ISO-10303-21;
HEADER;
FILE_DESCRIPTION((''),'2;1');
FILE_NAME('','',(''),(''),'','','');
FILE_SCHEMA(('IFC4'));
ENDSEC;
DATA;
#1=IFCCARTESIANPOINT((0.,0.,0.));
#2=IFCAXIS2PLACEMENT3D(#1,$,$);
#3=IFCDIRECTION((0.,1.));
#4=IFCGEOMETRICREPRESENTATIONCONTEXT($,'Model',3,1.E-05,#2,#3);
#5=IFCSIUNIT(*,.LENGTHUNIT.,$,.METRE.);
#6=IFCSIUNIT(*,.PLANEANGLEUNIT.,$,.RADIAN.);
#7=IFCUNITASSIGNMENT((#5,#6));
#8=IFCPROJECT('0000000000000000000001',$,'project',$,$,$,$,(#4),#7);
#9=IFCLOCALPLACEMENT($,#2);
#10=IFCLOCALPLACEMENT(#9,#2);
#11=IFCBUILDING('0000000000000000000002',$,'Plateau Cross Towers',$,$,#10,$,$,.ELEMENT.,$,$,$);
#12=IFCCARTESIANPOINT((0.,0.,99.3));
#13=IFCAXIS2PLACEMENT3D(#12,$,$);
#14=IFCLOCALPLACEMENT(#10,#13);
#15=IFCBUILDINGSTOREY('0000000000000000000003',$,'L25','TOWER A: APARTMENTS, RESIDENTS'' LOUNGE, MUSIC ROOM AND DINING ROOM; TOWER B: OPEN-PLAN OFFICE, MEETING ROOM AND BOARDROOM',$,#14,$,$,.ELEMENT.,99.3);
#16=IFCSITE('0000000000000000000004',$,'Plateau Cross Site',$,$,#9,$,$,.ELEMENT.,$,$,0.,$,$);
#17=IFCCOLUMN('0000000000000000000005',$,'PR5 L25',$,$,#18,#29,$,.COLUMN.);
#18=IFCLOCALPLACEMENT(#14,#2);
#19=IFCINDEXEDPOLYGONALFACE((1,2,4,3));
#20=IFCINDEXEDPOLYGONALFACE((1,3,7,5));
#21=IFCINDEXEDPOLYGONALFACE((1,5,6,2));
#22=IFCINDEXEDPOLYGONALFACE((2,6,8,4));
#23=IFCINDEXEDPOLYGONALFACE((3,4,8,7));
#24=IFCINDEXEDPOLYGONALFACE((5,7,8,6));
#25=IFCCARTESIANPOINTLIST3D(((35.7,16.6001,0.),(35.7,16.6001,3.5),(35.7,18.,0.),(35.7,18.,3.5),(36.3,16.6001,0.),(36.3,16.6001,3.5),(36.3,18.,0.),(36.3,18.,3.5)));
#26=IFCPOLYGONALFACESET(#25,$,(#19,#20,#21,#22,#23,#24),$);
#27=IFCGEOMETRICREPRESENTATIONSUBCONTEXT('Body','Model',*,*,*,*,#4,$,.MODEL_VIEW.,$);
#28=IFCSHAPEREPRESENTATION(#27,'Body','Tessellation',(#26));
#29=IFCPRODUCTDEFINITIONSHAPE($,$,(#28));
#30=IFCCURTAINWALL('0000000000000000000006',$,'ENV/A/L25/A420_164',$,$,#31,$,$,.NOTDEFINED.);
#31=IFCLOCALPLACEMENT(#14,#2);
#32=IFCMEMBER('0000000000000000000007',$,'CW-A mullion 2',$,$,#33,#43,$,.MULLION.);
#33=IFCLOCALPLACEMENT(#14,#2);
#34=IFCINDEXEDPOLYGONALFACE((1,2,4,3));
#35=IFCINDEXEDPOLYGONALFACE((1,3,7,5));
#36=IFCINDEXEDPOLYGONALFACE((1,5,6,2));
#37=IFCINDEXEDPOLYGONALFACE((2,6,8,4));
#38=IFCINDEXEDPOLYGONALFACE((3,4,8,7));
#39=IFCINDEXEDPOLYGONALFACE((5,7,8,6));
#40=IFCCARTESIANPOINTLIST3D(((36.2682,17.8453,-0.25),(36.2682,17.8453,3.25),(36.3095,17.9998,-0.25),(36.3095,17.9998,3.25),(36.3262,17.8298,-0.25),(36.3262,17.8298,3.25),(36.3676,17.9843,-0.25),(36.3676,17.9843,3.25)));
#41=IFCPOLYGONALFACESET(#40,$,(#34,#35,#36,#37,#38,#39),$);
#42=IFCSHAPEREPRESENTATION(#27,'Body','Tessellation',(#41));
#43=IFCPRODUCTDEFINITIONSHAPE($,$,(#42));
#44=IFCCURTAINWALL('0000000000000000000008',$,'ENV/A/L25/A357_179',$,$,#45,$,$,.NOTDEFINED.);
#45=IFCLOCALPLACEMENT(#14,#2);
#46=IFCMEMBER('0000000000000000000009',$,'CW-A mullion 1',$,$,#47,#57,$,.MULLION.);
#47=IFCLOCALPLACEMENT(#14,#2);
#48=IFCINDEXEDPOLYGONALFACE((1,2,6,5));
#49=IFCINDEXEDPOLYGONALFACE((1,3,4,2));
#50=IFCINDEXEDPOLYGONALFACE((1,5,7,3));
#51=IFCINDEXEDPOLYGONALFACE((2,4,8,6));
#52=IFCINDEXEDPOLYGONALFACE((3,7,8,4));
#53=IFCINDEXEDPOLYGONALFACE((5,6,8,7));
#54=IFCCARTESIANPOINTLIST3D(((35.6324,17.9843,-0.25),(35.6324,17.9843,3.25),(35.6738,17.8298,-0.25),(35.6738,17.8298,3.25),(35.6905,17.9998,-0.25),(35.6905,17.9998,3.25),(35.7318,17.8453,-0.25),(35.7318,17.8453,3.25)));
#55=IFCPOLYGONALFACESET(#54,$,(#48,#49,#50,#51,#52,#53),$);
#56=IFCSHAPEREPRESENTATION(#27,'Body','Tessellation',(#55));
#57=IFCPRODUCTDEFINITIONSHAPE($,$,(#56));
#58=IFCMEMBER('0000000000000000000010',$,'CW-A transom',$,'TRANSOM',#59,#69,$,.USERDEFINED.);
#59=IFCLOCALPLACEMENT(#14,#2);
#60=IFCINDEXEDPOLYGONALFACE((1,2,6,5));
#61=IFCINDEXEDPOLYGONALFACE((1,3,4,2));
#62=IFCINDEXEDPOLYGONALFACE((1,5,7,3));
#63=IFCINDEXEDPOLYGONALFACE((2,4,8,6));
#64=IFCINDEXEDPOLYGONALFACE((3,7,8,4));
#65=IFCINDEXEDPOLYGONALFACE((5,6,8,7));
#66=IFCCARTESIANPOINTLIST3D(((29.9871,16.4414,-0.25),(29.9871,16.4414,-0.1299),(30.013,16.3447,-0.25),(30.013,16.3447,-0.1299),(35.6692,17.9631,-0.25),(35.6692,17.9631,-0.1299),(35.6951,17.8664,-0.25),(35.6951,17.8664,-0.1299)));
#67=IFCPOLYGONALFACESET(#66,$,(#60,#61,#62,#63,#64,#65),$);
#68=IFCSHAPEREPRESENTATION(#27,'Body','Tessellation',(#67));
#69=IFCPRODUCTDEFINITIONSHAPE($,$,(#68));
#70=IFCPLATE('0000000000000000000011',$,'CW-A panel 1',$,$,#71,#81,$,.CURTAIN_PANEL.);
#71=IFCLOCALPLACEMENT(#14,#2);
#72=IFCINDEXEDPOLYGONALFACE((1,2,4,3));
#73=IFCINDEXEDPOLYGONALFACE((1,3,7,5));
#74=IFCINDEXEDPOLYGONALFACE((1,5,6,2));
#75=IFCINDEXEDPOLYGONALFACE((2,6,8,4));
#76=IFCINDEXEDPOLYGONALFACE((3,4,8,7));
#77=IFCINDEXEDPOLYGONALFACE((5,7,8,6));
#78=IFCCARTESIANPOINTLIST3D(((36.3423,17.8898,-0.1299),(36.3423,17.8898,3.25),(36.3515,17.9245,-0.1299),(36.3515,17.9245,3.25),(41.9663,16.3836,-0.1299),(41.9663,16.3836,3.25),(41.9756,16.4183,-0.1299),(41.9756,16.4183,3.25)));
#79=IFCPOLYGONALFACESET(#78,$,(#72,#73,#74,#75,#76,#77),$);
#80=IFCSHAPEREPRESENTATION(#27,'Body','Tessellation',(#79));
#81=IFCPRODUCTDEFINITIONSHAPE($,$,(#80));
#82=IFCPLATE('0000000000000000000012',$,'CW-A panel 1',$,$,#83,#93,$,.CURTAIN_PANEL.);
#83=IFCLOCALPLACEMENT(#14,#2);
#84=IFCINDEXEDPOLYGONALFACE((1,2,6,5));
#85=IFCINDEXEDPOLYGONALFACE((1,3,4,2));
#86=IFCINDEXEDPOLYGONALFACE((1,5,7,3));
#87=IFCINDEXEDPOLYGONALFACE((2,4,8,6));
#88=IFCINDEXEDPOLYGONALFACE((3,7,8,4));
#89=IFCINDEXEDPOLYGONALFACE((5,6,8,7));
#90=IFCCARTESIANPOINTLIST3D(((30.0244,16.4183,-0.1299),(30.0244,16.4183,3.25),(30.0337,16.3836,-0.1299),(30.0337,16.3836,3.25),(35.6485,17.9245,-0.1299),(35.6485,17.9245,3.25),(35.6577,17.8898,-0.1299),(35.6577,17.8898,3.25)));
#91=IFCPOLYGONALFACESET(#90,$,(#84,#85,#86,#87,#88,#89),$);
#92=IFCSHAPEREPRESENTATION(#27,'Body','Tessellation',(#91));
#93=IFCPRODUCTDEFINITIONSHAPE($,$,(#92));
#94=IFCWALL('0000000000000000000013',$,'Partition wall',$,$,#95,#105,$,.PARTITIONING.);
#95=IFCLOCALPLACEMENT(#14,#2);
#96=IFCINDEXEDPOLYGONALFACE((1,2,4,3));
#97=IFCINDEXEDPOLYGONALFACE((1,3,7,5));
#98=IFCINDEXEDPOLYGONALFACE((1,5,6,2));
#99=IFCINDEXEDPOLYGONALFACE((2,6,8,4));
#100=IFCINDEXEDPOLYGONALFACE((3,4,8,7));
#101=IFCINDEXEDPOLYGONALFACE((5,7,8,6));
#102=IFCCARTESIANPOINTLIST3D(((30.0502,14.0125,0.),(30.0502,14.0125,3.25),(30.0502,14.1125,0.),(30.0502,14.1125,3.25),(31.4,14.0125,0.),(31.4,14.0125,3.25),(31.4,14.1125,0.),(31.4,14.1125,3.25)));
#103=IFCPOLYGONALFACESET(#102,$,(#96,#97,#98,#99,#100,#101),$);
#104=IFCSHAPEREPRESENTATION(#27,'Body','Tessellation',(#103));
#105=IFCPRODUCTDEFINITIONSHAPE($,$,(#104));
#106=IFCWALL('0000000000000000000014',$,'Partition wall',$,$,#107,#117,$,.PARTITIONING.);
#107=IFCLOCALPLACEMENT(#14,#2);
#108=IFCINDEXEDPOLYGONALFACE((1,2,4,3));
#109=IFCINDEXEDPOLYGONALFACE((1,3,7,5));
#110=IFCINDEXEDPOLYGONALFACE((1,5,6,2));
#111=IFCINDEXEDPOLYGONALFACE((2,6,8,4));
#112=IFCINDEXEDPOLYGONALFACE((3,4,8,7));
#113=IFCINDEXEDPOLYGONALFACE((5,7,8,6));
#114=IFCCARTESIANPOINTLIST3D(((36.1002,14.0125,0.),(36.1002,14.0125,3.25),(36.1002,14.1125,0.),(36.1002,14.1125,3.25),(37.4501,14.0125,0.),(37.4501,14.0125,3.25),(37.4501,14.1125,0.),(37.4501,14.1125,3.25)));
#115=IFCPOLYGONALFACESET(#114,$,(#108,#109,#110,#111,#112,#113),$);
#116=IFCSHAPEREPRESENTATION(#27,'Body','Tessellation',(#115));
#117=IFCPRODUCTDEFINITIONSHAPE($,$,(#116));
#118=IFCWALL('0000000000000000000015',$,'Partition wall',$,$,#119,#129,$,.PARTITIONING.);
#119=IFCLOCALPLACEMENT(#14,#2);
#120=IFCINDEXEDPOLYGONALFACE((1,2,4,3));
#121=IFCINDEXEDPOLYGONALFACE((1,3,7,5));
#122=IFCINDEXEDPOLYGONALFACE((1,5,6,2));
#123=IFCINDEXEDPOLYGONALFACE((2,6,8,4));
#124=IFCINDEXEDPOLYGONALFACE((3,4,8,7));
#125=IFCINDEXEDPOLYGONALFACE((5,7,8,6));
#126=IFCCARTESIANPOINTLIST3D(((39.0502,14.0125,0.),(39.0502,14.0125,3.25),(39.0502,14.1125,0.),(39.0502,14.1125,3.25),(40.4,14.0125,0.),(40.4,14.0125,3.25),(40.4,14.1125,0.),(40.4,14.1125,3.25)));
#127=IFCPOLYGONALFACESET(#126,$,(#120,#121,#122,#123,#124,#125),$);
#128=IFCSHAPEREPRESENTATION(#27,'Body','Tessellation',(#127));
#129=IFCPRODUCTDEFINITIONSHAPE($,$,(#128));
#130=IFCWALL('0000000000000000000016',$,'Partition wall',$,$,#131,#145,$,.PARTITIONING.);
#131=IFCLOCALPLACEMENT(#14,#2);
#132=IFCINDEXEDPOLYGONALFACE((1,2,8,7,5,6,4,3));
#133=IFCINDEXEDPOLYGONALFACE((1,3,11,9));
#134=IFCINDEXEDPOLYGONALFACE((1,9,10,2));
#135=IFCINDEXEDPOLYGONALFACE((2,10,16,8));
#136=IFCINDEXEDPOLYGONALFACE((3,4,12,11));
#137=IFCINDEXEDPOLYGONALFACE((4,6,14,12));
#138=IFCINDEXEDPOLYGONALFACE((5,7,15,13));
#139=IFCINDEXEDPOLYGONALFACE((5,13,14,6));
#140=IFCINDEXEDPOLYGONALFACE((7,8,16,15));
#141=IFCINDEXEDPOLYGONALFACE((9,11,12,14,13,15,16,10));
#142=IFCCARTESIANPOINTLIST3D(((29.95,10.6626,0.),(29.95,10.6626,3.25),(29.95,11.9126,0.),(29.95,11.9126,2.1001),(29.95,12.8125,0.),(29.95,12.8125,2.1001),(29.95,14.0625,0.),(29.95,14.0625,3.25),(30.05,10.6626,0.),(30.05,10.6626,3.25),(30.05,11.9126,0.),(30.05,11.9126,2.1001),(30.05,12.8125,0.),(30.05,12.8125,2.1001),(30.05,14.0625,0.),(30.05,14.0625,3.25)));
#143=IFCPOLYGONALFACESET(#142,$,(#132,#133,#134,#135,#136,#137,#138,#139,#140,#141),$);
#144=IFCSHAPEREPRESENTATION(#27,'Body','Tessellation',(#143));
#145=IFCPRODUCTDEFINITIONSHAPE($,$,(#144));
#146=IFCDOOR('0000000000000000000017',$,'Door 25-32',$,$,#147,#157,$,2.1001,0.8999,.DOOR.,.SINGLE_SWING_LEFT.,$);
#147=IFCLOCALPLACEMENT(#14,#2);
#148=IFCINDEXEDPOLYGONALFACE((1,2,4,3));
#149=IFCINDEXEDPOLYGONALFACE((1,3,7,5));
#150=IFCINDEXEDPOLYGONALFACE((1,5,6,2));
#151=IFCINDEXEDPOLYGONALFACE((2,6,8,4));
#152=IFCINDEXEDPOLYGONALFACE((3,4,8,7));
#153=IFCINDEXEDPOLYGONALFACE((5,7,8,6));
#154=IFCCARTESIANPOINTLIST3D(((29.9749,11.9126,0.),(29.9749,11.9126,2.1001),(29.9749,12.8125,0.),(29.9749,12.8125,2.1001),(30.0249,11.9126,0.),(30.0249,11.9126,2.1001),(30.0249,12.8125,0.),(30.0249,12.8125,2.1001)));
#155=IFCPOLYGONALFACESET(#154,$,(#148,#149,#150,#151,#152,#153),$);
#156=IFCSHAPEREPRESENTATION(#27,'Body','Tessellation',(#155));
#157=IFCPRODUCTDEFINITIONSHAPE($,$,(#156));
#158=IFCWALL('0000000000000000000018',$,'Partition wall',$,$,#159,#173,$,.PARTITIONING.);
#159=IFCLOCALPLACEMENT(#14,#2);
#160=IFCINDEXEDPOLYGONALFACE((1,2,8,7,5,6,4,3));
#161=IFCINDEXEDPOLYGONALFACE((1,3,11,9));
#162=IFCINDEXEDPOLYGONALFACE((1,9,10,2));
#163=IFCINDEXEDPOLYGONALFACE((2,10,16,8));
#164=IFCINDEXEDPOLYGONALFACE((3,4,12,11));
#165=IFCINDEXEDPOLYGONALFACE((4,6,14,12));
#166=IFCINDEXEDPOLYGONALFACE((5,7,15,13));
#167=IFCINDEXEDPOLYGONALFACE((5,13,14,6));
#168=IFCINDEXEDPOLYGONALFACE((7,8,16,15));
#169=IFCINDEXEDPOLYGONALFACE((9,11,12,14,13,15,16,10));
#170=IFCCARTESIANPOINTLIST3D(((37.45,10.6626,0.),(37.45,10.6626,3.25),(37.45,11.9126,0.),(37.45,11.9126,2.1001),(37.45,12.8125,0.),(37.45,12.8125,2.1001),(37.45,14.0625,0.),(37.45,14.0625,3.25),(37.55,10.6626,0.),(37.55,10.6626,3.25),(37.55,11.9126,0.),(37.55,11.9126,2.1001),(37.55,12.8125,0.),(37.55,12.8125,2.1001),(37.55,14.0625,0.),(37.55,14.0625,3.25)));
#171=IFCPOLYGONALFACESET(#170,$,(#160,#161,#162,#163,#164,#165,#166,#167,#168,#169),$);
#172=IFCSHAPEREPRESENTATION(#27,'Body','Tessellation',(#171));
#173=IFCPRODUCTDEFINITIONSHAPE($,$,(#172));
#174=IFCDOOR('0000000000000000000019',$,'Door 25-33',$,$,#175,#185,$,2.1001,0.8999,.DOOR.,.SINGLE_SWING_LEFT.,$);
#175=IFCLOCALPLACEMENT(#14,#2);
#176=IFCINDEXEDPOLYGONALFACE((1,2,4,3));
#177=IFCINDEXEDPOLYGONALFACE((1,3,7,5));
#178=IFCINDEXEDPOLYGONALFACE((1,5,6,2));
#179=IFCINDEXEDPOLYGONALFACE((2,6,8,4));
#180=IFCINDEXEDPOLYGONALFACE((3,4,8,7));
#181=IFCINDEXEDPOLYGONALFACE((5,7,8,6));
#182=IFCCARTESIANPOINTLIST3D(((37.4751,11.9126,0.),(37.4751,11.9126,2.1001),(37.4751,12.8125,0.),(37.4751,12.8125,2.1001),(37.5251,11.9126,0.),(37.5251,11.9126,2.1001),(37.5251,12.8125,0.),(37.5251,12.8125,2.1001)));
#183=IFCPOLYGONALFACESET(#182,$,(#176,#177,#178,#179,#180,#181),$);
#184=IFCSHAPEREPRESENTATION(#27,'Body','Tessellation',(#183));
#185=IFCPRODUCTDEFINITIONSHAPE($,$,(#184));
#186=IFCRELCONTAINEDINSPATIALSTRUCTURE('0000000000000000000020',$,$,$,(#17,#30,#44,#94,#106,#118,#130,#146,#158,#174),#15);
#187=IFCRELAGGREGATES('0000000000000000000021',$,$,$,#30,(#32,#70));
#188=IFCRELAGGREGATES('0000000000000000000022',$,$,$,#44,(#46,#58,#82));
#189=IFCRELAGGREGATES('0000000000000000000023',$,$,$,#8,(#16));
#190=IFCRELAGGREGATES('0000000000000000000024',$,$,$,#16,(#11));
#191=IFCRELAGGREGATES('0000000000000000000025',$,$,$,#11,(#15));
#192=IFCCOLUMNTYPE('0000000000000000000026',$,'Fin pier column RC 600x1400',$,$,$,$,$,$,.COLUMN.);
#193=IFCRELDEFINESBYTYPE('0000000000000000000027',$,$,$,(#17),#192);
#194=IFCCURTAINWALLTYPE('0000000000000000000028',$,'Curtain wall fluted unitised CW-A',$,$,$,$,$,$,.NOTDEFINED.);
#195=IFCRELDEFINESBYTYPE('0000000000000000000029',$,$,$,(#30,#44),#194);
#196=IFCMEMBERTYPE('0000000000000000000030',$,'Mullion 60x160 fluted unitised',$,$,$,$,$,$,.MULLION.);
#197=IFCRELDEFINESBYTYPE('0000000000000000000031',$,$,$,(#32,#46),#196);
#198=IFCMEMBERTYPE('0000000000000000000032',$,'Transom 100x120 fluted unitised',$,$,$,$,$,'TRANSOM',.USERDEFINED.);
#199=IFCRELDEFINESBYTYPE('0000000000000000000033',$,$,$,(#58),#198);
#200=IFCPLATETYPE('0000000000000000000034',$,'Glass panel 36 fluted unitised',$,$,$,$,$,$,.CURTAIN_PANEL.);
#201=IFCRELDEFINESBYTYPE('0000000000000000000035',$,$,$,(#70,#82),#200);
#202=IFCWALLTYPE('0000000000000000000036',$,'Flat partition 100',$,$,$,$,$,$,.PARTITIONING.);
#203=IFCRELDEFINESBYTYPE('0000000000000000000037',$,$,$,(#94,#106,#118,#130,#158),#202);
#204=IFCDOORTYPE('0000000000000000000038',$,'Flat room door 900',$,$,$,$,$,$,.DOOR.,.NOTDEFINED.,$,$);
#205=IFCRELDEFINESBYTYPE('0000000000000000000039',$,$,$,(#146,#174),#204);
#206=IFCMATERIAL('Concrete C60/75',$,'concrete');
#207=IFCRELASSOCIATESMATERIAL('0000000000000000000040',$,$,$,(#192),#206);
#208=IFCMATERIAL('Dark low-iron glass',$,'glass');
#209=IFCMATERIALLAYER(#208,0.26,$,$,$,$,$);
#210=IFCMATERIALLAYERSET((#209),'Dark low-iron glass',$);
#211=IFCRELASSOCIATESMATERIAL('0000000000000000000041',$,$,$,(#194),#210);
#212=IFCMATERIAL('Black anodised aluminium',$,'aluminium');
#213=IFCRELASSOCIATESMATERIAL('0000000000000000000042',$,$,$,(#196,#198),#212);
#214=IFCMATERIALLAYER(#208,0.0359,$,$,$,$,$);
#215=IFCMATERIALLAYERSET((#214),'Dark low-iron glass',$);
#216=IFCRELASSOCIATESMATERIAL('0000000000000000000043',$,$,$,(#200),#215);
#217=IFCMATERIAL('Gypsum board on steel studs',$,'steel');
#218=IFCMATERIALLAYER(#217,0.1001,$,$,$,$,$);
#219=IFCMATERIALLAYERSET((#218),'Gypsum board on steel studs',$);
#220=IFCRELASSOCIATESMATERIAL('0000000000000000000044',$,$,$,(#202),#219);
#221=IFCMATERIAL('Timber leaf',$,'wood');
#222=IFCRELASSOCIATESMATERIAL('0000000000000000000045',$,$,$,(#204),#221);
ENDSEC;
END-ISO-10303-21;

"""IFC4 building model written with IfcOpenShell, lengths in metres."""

from ifc_helpers import new_model, si_unit, direction, frame, frame_2d, origin, origin_2d, place, context, subcontext, project, spatial, rectangle, extrude, material, layer, layer_set, material_profile, profile_set, type_object, element, fill, aggregate, save


model = new_model("IFC4")

# Units and contexts
model_context = context("Model", 3, precision=1e-05, world=origin(), true_north=direction((0.0, 1.0)))
body_context = subcontext(model_context, "Body", "Model", "MODEL_VIEW")
ifc_project = project(units=[si_unit("LENGTHUNIT", "METRE"), si_unit("PLANEANGLEUNIT", "RADIAN")], contexts=[model_context])

# Site, building, storey
site_placement = place(None, origin())
site = spatial("IfcSite", under=ifc_project, at=site_placement, Name="Plateau Cross Site", CompositionType="ELEMENT", RefElevation=0.0)
building_placement = place(site_placement, origin())
building = spatial("IfcBuilding", under=site, at=building_placement, Name="Plateau Cross Towers", CompositionType="ELEMENT")
storey_placement = place(building_placement, frame((0.0, 0.0, 99.3)))
storey = spatial("IfcBuildingStorey", under=building, at=storey_placement, Name="L25", Description="TOWER A: APARTMENTS, RESIDENTS' LOUNGE, MUSIC ROOM AND DINING ROOM; TOWER B: OPEN-PLAN OFFICE, MEETING ROOM AND BOARDROOM", CompositionType="ELEMENT", Elevation=99.3)

# Column
ifc_material_1 = material(Name="Concrete C60/75", Category="concrete")
ifc_material_profile_1 = material_profile(ifc_material_1, rectangle(XDim=0.6001, YDim=1.3999, at=origin_2d()), Name="RC 600x1400")
ifc_profile_set_1 = profile_set([ifc_material_profile_1], Name="Concrete C60/75")
column_type = type_object("IfcColumnType", Name="Fin pier column RC 600x1400", PredefinedType="COLUMN", material=ifc_profile_set_1)
column_placement = place(storey_placement, frame((36.0, 17.3, 0.0), z_axis=(0.0, 0.0, 1.0), x_axis=(1.0, 0.0, 0.0)))
element("IfcColumn", 1, at=column_placement, inside=storey, type_object=column_type, Name="PR5 L25", PredefinedType="COLUMN", context=body_context, shape_type="SweptSolid", body=[
    extrude(rectangle(XDim=0.6001, YDim=1.3999, at=origin_2d()), origin(), (0.0, 0.0, 1.0), 3.5),
])

# Curtain wall, member
ifc_material_2 = material(Name="Dark low-iron glass", Category="glass")
ifc_layer_1 = layer(ifc_material_2, 0.26)
ifc_layer_set_1 = layer_set([ifc_layer_1], Name="Dark low-iron glass")
curtain_wall_type = type_object("IfcCurtainWallType", Name="Curtain wall fluted unitised CW-A", PredefinedType="NOTDEFINED", material=ifc_layer_set_1)
curtain_wall_1_placement = place(storey_placement, origin())
curtain_wall_1 = element("IfcCurtainWall", 2, at=curtain_wall_1_placement, inside=storey, type_object=curtain_wall_type, Name="ENV/A/L25/A420_164", PredefinedType="NOTDEFINED")
ifc_material_3 = material(Name="Black anodised aluminium", Category="aluminium")
ifc_material_profile_2 = material_profile(ifc_material_3, rectangle(XDim=0.0601, YDim=0.1599, at=origin_2d()), Name="MULLION 60x160")
ifc_profile_set_2 = profile_set([ifc_material_profile_2], Name="Black anodised aluminium")
member_type_1 = type_object("IfcMemberType", Name="Mullion 60x160 fluted unitised", PredefinedType="MULLION", material=ifc_profile_set_2)
member_1_placement = place(storey_placement, frame((36.3179, 17.9148, -0.25), z_axis=(0.0, 0.0, 1.0), x_axis=(-0.965958, 0.258699, 0.0)))
member_1 = element("IfcMember", 3, at=member_1_placement, type_object=member_type_1, Name="CW-A mullion 2", PredefinedType="MULLION", context=body_context, shape_type="SweptSolid", body=[
    extrude(rectangle(XDim=0.0601, YDim=0.1599, at=origin_2d()), origin(), (0.0, 0.0, 1.0), 3.5),
])

# Curtain wall, members
curtain_wall_2_placement = place(storey_placement, origin())
curtain_wall_2 = element("IfcCurtainWall", 4, at=curtain_wall_2_placement, inside=storey, type_object=curtain_wall_type, Name="ENV/A/L25/A357_179", PredefinedType="NOTDEFINED")
member_2_placement = place(storey_placement, frame((35.6821, 17.9148, -0.25), z_axis=(0.0, 0.0, 1.0), x_axis=(-0.965958, -0.258699, 0.0)))
member_2 = element("IfcMember", 5, at=member_2_placement, type_object=member_type_1, Name="CW-A mullion 1", PredefinedType="MULLION", context=body_context, shape_type="SweptSolid", body=[
    extrude(rectangle(XDim=0.0601, YDim=0.1599, at=origin_2d()), origin(), (0.0, 0.0, 1.0), 3.5),
])
ifc_material_profile_3 = material_profile(ifc_material_3, rectangle(XDim=0.1001, YDim=0.1201, at=origin_2d()), Name="TRANSOM 100x120")
ifc_profile_set_3 = profile_set([ifc_material_profile_3], Name="Black anodised aluminium")
member_type_2 = type_object("IfcMemberType", Name="Transom 100x120 fluted unitised", ElementType="TRANSOM", PredefinedType="USERDEFINED", material=ifc_profile_set_3)
member_3_placement = place(storey_placement, frame((35.6821, 17.9148, -0.1899), z_axis=(-0.96596, -0.258693, 0.0), x_axis=(0.258693, -0.96596, 0.0)))
member_3 = element("IfcMember", 6, at=member_3_placement, type_object=member_type_2, Name="CW-A transom", ObjectType="TRANSOM", PredefinedType="USERDEFINED", context=body_context, shape_type="SweptSolid", body=[
    extrude(rectangle(XDim=0.1001, YDim=0.1201, at=origin_2d()), origin(), (0.0, 0.0, 1.0), 5.8823),
])

# Plates
ifc_layer_2 = layer(ifc_material_2, 0.0359)
ifc_layer_set_2 = layer_set([ifc_layer_2], Name="Dark low-iron glass")
plate_type = type_object("IfcPlateType", Name="Glass panel 36 fluted unitised", PredefinedType="CURTAIN_PANEL", material=ifc_layer_set_2)
plate_1_placement = place(storey_placement, frame((39.1589, 17.1541, -0.1299), z_axis=(0.0, 0.0, 1.0), x_axis=(-0.965958, 0.258699, 0.0)))
plate_1 = element("IfcPlate", 7, at=plate_1_placement, type_object=plate_type, Name="CW-A panel 1", PredefinedType="CURTAIN_PANEL", context=body_context, shape_type="SweptSolid", body=[
    extrude(rectangle(XDim=5.8223, YDim=0.0359, at=origin_2d()), origin(), (0.0, 0.0, 1.0), 3.3799),
])
aggregate(curtain_wall_1, [member_1, plate_1])
plate_2_placement = place(storey_placement, frame((32.8411, 17.1541, -0.1299), z_axis=(0.0, 0.0, 1.0), x_axis=(-0.965958, -0.258699, 0.0)))
plate_2 = element("IfcPlate", 8, at=plate_2_placement, type_object=plate_type, Name="CW-A panel 1", PredefinedType="CURTAIN_PANEL", context=body_context, shape_type="SweptSolid", body=[
    extrude(rectangle(XDim=5.8223, YDim=0.0359, at=origin_2d()), origin(), (0.0, 0.0, 1.0), 3.3799),
])
aggregate(curtain_wall_2, [member_2, member_3, plate_2])

# Walls
ifc_material_4 = material(Name="Gypsum board on steel studs", Category="steel")
ifc_layer_3 = layer(ifc_material_4, 0.1001)
ifc_layer_set_3 = layer_set([ifc_layer_3], Name="Gypsum board on steel studs")
wall_type_1 = type_object("IfcWallType", Name="Flat partition 100", PredefinedType="PARTITIONING", material=ifc_layer_set_3)
for number, where, z_axis, x_axis, name in (
    (9, (31.3999, 14.0625, 0.0), (0.0, 0.0, 1.0), (-1.0, 0.0, 0.0), "Partition wall"),
    (10, (37.45, 14.0625, 0.0), (0.0, 0.0, 1.0), (-1.0, 0.0, 0.0), "Partition wall"),
    (11, (40.3999, 14.0625, 0.0), (0.0, 0.0, 1.0), (-1.0, 0.0, 0.0), "Partition wall"),
):
    element("IfcWall", number, at=place(storey_placement, frame(where, z_axis=z_axis, x_axis=x_axis)), inside=storey, type_object=wall_type_1, Name=name, PredefinedType="PARTITIONING", context=body_context, shape_type="SweptSolid", body=[
        extrude(rectangle(XDim=1.3499, YDim=0.1001, at=frame_2d((0.6748, 0.0))), origin(), (0.0, 0.0, 1.0), 3.25),
    ])

# Walls, openings, doors
wall_1_placement = place(storey_placement, frame((30.0, 14.0625, 0.0), z_axis=(0.0, 0.0, 1.0), x_axis=(0.0, -1.0, 0.0)))
wall_1 = element("IfcWall", 12, at=wall_1_placement, inside=storey, type_object=wall_type_1, Name="Partition wall", PredefinedType="PARTITIONING", context=body_context, shape_type="SweptSolid", body=[
    extrude(rectangle(XDim=3.3999, YDim=0.1001, at=frame_2d((1.7, 0.0))), origin(), (0.0, 0.0, 1.0), 3.25),
])
opening_1_placement = place(wall_1_placement, frame((1.25, 0.0, 0.0)))
opening_1 = element("IfcOpeningElement", 13, at=opening_1_placement, cuts=wall_1, PredefinedType="OPENING", context=body_context, shape_type="SweptSolid", body=[
    extrude(rectangle(XDim=0.8999, YDim=2.1001, at=frame_2d((0.45, 1.05))), frame((0.0, 0.0601, 0.0), z_axis=(0.0, -1.0, 0.0), x_axis=(1.0, 0.0, 0.0)), (0.0, 0.0, 1.0), 0.1201),
])
ifc_material_5 = material(Name="Timber leaf", Category="wood")
door_type = type_object("IfcDoorType", Name="Flat room door 900", OperationType="NOTDEFINED", PredefinedType="DOOR", material=ifc_material_5)
door_1_placement = place(opening_1_placement, origin())
door_1 = element("IfcDoor", 14, at=door_1_placement, inside=storey, type_object=door_type, Name="Door 25-32", OperationType="SINGLE_SWING_LEFT", OverallHeight=2.1001, OverallWidth=0.8999, PredefinedType="DOOR", context=body_context, shape_type="SweptSolid", body=[
    extrude(rectangle(XDim=0.8999, YDim=2.1001, at=frame_2d((0.45, 1.05))), frame((0.0, 0.0249, 0.0), z_axis=(0.0, -1.0, 0.0), x_axis=(1.0, 0.0, 0.0)), (0.0, 0.0, 1.0), 0.05),
])
fill(opening_1, door_1)
wall_2_placement = place(storey_placement, frame((37.5, 10.6626, 0.0), z_axis=(0.0, 0.0, 1.0), x_axis=(0.0, 1.0, 0.0)))
wall_2 = element("IfcWall", 15, at=wall_2_placement, inside=storey, type_object=wall_type_1, Name="Partition wall", PredefinedType="PARTITIONING", context=body_context, shape_type="SweptSolid", body=[
    extrude(rectangle(XDim=3.3999, YDim=0.1001, at=frame_2d((1.7, 0.0))), origin(), (0.0, 0.0, 1.0), 3.25),
])
opening_2_placement = place(wall_2_placement, frame((1.25, 0.0, 0.0)))
opening_2 = element("IfcOpeningElement", 16, at=opening_2_placement, cuts=wall_2, PredefinedType="OPENING", context=body_context, shape_type="SweptSolid", body=[
    extrude(rectangle(XDim=0.8999, YDim=2.1001, at=frame_2d((0.45, 1.05))), frame((0.0, 0.0601, 0.0), z_axis=(0.0, -1.0, 0.0), x_axis=(1.0, 0.0, 0.0)), (0.0, 0.0, 1.0), 0.1201),
])
door_2_placement = place(opening_2_placement, origin())
door_2 = element("IfcDoor", 17, at=door_2_placement, inside=storey, type_object=door_type, Name="Door 25-33", OperationType="SINGLE_SWING_LEFT", OverallHeight=2.1001, OverallWidth=0.8999, PredefinedType="DOOR", context=body_context, shape_type="SweptSolid", body=[
    extrude(rectangle(XDim=0.8999, YDim=2.1001, at=frame_2d((0.45, 1.05))), frame((0.0, 0.0249, 0.0), z_axis=(0.0, -1.0, 0.0), x_axis=(1.0, 0.0, 0.0)), (0.0, 0.0, 1.0), 0.05),
])
fill(opening_2, door_2)

save(model, "model.ifc")
